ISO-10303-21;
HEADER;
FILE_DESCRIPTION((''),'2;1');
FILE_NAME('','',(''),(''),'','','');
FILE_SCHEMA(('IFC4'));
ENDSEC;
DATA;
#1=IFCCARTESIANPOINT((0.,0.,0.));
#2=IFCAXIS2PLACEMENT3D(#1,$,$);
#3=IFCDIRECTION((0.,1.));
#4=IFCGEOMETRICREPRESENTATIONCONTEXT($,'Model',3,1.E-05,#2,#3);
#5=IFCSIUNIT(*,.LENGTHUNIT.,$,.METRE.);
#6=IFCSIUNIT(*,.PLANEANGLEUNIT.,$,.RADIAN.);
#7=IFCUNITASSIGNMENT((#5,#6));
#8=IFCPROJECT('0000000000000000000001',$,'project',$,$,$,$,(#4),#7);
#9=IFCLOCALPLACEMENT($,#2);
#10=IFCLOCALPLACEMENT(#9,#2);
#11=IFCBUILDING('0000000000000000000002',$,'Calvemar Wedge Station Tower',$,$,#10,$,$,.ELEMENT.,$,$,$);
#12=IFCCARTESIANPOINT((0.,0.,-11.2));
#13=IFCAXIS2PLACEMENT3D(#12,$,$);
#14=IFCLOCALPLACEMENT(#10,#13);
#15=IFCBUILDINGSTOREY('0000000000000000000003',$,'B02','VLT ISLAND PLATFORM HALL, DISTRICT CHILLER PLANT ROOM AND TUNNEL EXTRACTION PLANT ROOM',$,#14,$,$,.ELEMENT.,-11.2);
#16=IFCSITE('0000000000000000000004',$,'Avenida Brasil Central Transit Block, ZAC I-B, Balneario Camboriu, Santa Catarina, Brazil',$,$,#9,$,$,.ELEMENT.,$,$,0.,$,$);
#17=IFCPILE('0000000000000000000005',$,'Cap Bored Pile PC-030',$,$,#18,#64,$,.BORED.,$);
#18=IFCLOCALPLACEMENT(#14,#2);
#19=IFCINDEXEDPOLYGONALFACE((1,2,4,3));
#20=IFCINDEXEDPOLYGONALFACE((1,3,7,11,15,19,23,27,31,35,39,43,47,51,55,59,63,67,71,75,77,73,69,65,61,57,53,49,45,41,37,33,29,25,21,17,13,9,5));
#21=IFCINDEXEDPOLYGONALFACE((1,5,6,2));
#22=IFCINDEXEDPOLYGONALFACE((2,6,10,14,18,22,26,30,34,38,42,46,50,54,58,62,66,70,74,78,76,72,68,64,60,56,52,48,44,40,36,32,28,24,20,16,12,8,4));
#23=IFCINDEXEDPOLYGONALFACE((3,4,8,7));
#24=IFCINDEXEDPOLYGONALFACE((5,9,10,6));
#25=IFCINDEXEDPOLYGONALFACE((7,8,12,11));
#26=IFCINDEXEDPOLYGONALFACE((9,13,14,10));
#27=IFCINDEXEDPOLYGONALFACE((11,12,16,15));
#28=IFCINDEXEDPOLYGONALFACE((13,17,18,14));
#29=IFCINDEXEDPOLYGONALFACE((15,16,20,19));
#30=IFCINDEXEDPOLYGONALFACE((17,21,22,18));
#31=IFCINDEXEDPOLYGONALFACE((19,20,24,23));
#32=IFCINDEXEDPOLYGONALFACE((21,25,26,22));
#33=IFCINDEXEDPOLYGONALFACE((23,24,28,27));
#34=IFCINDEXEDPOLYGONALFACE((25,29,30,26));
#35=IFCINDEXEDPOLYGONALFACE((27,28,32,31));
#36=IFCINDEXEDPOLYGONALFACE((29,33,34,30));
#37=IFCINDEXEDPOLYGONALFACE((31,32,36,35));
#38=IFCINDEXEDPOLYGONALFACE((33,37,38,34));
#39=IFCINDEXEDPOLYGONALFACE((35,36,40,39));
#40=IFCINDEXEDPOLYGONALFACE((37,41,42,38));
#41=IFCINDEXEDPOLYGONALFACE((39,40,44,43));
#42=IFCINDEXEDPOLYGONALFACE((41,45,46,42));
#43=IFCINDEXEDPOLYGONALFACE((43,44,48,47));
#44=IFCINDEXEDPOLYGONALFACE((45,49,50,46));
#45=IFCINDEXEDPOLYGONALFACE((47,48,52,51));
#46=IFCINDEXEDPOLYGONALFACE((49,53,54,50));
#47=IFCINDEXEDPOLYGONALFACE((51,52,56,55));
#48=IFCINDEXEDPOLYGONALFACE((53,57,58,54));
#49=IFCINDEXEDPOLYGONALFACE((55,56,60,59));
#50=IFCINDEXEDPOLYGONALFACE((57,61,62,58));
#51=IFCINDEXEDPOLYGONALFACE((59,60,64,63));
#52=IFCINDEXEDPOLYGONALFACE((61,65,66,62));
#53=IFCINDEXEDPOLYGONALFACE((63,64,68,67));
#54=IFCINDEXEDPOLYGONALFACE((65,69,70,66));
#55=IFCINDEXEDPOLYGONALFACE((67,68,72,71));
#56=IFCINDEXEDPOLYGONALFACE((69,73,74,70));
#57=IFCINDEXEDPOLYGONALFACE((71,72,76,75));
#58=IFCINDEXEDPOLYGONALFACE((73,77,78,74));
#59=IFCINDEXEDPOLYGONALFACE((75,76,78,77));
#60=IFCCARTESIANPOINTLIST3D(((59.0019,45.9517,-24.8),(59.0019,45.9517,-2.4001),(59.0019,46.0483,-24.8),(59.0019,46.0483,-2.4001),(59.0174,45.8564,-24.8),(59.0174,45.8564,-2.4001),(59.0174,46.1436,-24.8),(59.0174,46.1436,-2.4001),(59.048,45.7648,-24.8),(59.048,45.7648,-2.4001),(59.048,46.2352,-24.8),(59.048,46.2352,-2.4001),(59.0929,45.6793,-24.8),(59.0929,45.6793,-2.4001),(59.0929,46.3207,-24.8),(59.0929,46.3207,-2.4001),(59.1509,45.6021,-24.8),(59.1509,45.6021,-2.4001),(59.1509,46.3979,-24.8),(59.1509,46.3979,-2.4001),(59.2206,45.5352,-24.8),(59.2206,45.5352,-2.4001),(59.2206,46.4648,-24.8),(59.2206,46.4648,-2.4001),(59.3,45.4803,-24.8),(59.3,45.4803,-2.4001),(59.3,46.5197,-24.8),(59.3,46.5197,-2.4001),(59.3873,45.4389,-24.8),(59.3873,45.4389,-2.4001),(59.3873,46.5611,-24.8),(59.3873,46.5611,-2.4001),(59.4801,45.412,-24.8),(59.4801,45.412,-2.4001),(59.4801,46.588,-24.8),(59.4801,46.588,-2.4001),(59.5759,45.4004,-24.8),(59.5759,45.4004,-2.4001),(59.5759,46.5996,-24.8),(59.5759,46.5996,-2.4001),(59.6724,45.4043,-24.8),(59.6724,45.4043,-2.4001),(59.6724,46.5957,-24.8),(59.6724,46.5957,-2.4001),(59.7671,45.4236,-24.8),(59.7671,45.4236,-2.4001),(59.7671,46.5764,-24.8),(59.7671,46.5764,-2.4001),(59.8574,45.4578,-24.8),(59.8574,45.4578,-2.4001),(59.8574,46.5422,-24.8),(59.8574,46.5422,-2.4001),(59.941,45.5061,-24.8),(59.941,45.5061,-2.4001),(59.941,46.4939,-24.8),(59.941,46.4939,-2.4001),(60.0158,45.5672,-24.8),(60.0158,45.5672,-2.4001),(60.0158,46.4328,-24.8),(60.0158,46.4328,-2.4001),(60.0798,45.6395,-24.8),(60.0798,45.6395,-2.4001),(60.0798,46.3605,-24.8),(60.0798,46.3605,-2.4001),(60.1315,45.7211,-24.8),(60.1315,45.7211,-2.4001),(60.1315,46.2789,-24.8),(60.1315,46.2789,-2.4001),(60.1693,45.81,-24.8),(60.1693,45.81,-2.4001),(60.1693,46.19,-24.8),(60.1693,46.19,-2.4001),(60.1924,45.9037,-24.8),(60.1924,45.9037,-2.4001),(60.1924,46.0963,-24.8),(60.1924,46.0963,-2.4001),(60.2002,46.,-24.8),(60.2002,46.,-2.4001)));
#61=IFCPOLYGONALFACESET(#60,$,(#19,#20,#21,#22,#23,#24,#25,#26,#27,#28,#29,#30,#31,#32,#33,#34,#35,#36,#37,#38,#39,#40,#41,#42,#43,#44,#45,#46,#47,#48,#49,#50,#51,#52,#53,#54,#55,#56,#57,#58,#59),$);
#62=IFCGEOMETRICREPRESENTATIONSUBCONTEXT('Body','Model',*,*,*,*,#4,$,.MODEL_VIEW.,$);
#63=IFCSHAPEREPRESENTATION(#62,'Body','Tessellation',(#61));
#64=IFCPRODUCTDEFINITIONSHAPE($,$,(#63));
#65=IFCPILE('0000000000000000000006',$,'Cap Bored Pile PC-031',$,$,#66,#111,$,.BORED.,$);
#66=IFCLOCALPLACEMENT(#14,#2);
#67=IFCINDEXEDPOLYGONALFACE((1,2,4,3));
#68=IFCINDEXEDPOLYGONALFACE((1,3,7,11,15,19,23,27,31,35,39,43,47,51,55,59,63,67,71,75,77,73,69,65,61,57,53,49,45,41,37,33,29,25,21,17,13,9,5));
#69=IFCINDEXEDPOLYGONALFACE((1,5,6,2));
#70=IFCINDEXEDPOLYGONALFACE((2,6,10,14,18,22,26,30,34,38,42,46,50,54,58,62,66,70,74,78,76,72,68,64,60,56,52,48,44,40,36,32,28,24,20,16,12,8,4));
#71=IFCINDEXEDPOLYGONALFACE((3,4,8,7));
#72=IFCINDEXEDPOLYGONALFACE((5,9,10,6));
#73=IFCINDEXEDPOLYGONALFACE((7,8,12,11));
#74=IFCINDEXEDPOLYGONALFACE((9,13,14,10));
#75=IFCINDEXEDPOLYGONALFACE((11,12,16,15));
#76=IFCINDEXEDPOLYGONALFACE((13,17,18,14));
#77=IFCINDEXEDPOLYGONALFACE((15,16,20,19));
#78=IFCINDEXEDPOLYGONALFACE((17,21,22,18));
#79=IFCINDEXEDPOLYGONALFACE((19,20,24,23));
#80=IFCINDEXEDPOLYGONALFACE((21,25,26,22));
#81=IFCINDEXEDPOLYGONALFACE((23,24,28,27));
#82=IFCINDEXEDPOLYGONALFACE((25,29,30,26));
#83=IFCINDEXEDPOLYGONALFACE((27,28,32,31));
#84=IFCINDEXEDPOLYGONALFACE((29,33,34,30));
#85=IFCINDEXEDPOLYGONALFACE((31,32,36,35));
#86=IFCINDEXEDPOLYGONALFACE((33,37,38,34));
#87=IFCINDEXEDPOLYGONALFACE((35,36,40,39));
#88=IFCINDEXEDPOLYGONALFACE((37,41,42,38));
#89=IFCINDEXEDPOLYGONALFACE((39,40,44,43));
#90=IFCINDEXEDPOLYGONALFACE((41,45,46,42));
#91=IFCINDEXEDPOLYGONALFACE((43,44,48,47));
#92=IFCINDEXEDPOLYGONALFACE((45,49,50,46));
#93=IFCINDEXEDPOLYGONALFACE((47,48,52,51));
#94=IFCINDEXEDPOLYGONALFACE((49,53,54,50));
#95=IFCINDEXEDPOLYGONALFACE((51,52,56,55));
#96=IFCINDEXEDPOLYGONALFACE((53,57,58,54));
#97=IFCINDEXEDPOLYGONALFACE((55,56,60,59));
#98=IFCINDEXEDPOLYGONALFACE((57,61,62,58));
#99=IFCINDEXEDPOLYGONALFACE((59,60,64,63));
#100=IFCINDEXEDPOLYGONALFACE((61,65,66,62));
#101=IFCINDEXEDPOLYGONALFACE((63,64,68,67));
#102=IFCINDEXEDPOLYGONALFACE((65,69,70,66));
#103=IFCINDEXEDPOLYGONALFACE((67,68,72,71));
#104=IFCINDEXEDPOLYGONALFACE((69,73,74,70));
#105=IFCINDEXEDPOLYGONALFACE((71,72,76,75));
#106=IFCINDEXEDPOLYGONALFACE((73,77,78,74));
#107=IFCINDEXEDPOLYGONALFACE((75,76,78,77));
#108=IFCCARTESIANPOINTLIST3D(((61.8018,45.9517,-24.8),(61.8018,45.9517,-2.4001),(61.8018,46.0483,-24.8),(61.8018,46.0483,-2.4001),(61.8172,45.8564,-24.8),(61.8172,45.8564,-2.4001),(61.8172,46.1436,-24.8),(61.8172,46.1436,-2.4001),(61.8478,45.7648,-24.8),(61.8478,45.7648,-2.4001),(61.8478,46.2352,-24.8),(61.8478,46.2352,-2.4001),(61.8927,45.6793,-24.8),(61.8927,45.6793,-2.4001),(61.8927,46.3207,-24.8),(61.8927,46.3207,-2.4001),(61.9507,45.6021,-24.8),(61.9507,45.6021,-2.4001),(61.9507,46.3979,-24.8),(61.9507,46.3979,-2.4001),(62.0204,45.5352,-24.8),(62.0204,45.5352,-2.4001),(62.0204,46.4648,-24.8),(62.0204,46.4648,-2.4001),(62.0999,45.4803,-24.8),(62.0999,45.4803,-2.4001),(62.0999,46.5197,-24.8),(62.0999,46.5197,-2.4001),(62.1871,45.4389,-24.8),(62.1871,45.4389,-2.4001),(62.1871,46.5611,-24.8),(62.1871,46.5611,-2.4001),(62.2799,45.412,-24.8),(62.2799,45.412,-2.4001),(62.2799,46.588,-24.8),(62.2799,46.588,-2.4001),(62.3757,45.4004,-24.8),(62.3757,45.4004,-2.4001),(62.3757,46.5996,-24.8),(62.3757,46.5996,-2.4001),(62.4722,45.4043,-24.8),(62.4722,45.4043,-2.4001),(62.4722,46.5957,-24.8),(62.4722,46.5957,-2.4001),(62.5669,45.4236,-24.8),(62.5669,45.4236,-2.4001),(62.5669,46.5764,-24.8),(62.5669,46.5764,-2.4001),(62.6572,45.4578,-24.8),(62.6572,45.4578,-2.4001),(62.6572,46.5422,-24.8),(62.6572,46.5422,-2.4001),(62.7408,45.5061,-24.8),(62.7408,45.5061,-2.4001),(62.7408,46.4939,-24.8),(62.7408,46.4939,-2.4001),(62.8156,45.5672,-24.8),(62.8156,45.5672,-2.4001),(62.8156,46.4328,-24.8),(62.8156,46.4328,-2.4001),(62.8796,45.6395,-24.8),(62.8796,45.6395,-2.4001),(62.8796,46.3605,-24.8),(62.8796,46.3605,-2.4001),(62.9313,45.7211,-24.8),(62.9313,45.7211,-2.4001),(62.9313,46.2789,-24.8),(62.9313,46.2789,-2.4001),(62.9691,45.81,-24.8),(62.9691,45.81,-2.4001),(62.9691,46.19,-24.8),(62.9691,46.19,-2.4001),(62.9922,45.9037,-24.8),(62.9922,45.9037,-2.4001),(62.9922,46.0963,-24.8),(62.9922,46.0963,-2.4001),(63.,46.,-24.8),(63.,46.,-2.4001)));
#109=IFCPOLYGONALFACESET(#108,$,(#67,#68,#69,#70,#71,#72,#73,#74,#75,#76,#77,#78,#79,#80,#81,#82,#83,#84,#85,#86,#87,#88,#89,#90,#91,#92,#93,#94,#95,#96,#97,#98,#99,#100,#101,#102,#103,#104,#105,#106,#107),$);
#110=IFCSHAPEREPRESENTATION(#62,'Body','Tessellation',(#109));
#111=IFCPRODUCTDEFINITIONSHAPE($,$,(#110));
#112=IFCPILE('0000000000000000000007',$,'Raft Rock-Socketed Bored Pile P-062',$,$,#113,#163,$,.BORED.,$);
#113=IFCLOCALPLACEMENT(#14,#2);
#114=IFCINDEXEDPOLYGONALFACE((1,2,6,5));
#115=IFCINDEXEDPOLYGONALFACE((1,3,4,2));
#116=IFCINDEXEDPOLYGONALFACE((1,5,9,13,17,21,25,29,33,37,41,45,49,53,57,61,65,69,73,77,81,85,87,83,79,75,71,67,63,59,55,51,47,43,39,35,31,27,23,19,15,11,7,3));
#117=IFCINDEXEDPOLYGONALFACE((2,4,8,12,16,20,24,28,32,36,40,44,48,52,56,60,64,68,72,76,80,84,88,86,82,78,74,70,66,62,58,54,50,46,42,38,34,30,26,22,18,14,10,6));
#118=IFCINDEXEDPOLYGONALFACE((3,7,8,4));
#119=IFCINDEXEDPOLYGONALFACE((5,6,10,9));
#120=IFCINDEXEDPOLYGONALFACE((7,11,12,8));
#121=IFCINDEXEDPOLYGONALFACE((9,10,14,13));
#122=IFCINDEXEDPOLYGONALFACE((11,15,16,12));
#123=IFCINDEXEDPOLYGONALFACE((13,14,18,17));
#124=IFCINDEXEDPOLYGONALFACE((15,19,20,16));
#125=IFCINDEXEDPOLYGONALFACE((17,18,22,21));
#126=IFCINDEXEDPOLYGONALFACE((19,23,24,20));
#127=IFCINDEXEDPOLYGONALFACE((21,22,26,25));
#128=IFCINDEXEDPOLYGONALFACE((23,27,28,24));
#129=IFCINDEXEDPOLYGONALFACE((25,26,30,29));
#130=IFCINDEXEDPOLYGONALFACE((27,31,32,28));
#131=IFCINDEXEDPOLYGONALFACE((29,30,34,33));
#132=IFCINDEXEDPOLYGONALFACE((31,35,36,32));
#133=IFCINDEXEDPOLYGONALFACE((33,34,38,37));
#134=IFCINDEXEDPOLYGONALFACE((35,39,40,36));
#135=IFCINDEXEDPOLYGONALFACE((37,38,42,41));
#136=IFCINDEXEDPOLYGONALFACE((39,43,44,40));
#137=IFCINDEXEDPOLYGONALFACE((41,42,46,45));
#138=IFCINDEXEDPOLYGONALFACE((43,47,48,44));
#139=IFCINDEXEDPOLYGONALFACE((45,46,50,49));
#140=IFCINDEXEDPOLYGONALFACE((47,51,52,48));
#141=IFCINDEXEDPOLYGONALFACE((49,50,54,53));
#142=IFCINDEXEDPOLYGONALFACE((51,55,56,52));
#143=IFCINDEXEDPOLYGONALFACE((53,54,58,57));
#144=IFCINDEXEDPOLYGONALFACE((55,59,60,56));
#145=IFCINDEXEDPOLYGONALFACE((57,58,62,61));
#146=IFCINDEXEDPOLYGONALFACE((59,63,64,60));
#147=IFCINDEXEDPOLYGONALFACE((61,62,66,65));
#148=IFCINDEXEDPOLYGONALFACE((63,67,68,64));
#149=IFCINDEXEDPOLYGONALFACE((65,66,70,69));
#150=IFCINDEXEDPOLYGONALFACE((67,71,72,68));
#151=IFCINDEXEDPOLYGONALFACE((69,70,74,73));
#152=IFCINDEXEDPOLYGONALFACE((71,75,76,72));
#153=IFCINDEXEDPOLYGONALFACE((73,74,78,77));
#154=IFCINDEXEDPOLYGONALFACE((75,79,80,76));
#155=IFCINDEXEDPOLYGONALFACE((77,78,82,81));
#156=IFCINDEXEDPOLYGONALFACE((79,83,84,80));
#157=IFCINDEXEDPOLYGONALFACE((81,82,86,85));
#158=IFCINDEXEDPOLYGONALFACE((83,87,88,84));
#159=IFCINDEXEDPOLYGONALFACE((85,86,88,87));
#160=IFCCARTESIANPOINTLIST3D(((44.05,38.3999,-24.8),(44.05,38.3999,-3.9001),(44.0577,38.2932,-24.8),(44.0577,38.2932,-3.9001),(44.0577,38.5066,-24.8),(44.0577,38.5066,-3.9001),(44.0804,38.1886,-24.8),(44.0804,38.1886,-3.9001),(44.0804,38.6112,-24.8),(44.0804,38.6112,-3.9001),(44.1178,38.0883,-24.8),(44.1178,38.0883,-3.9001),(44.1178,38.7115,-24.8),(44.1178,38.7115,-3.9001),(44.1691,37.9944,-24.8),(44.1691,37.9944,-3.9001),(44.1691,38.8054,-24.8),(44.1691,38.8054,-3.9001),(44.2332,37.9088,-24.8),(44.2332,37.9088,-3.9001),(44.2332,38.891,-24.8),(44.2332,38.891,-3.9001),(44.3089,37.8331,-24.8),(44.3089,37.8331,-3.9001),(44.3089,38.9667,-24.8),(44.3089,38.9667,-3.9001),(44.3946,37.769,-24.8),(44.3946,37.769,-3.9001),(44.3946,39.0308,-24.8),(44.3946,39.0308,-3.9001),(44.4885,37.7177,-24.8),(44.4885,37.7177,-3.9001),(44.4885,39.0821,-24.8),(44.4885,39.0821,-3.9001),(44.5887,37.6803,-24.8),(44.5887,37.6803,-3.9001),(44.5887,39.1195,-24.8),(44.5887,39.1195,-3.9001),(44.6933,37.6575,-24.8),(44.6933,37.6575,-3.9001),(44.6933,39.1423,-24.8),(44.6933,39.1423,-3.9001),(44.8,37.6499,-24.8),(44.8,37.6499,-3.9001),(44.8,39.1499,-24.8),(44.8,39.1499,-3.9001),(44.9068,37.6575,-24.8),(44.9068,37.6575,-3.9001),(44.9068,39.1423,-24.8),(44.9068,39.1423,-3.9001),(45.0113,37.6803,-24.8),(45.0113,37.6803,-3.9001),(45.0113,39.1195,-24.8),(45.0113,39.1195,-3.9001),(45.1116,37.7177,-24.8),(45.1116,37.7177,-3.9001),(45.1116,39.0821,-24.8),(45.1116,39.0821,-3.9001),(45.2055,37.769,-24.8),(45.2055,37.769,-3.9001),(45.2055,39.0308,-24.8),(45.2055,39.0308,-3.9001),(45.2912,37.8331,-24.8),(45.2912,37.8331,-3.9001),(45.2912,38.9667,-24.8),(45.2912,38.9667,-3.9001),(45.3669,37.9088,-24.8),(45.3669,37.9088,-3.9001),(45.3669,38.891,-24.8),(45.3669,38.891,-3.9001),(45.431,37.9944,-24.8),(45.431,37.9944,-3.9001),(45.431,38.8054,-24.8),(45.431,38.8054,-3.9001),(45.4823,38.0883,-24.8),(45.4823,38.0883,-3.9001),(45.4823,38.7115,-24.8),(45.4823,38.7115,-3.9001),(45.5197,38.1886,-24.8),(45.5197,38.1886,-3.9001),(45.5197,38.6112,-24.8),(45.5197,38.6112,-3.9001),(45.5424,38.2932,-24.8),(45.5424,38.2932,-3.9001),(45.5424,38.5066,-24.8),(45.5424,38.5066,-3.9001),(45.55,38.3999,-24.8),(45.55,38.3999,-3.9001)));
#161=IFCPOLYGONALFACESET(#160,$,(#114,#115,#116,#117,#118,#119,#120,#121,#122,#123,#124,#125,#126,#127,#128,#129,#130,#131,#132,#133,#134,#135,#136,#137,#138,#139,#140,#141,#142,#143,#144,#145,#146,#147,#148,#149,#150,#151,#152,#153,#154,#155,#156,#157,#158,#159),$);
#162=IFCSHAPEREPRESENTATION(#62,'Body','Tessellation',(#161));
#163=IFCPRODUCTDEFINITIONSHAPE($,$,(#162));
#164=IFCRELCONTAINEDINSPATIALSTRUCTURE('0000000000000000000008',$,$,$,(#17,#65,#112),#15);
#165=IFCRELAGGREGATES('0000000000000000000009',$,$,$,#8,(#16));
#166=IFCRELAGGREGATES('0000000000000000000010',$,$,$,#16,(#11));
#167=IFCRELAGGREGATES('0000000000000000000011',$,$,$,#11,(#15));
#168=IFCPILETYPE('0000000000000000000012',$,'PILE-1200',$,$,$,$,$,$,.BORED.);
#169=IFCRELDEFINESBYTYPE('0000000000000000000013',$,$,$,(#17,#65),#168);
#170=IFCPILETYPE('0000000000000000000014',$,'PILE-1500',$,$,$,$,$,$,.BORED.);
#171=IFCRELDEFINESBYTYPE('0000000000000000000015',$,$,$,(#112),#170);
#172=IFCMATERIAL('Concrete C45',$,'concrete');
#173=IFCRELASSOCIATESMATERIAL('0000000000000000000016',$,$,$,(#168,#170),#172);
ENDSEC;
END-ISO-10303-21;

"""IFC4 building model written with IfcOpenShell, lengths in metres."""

from ifc_helpers import new_model, si_unit, direction, frame, origin, origin_2d, place, context, subcontext, project, spatial, circle, extrude, material, material_profile, profile_set, type_object, element, save


model = new_model("IFC4")

# Units and contexts
model_context = context("Model", 3, precision=1e-05, world=origin(), true_north=direction((0.0, 1.0)))
body_context = subcontext(model_context, "Body", "Model", "MODEL_VIEW")
ifc_project = project(units=[si_unit("LENGTHUNIT", "METRE"), si_unit("PLANEANGLEUNIT", "RADIAN")], contexts=[model_context])

# Site, building, storey
site_placement = place(None, origin())
site = spatial("IfcSite", under=ifc_project, at=site_placement, Name="Avenida Brasil Central Transit Block, ZAC I-B, Balneario Camboriu, Santa Catarina, Brazil", CompositionType="ELEMENT", RefElevation=0.0)
building_placement = place(site_placement, origin())
building = spatial("IfcBuilding", under=site, at=building_placement, Name="Calvemar Wedge Station Tower", CompositionType="ELEMENT")
storey_placement = place(building_placement, frame((0.0, 0.0, -11.2)))
storey = spatial("IfcBuildingStorey", under=building, at=storey_placement, Name="B02", Description="VLT ISLAND PLATFORM HALL, DISTRICT CHILLER PLANT ROOM AND TUNNEL EXTRACTION PLANT ROOM", CompositionType="ELEMENT", Elevation=-11.2)

# Piles
ifc_material_1 = material(Name="Concrete C45", Category="concrete")
ifc_material_profile_1 = material_profile(ifc_material_1, circle(Radius=0.6001, at=origin_2d()), Name="PILE-D1200")
ifc_profile_set_1 = profile_set([ifc_material_profile_1], Name="Concrete C45")
pile_type_1 = type_object("IfcPileType", Name="PILE-1200", PredefinedType="BORED", material=ifc_profile_set_1)
for number, where, z_axis, x_axis, name in (
    (1, (59.6001, 46.0, -2.4001), (0.0, 0.0, -1.0), (1.0, 0.0, 0.0), "Cap Bored Pile PC-030"),
    (2, (62.3999, 46.0, -2.4001), (0.0, 0.0, -1.0), (1.0, 0.0, 0.0), "Cap Bored Pile PC-031"),
):
    element("IfcPile", number, at=place(storey_placement, frame(where, z_axis=z_axis, x_axis=x_axis)), inside=storey, type_object=pile_type_1, Name=name, PredefinedType="BORED", context=body_context, shape_type="SweptSolid", body=[
        extrude(circle(Radius=0.6001, at=origin_2d()), origin(), (0.0, 0.0, 1.0), 22.3999),
    ])
ifc_material_profile_2 = material_profile(ifc_material_1, circle(Radius=0.75, at=origin_2d()), Name="PILE-D1500")
ifc_profile_set_2 = profile_set([ifc_material_profile_2], Name="Concrete C45")
pile_type_2 = type_object("IfcPileType", Name="PILE-1500", PredefinedType="BORED", material=ifc_profile_set_2)
for number, where, z_axis, x_axis, name in (
    (3, (44.8, 38.3999, -3.9001), (0.0, 0.0, -1.0), (1.0, 0.0, 0.0), "Raft Rock-Socketed Bored Pile P-062"),
):
    element("IfcPile", number, at=place(storey_placement, frame(where, z_axis=z_axis, x_axis=x_axis)), inside=storey, type_object=pile_type_2, Name=name, PredefinedType="BORED", context=body_context, shape_type="SweptSolid", body=[
        extrude(circle(Radius=0.75, at=origin_2d()), origin(), (0.0, 0.0, 1.0), 20.8999),
    ])

save(model, "model.ifc")
